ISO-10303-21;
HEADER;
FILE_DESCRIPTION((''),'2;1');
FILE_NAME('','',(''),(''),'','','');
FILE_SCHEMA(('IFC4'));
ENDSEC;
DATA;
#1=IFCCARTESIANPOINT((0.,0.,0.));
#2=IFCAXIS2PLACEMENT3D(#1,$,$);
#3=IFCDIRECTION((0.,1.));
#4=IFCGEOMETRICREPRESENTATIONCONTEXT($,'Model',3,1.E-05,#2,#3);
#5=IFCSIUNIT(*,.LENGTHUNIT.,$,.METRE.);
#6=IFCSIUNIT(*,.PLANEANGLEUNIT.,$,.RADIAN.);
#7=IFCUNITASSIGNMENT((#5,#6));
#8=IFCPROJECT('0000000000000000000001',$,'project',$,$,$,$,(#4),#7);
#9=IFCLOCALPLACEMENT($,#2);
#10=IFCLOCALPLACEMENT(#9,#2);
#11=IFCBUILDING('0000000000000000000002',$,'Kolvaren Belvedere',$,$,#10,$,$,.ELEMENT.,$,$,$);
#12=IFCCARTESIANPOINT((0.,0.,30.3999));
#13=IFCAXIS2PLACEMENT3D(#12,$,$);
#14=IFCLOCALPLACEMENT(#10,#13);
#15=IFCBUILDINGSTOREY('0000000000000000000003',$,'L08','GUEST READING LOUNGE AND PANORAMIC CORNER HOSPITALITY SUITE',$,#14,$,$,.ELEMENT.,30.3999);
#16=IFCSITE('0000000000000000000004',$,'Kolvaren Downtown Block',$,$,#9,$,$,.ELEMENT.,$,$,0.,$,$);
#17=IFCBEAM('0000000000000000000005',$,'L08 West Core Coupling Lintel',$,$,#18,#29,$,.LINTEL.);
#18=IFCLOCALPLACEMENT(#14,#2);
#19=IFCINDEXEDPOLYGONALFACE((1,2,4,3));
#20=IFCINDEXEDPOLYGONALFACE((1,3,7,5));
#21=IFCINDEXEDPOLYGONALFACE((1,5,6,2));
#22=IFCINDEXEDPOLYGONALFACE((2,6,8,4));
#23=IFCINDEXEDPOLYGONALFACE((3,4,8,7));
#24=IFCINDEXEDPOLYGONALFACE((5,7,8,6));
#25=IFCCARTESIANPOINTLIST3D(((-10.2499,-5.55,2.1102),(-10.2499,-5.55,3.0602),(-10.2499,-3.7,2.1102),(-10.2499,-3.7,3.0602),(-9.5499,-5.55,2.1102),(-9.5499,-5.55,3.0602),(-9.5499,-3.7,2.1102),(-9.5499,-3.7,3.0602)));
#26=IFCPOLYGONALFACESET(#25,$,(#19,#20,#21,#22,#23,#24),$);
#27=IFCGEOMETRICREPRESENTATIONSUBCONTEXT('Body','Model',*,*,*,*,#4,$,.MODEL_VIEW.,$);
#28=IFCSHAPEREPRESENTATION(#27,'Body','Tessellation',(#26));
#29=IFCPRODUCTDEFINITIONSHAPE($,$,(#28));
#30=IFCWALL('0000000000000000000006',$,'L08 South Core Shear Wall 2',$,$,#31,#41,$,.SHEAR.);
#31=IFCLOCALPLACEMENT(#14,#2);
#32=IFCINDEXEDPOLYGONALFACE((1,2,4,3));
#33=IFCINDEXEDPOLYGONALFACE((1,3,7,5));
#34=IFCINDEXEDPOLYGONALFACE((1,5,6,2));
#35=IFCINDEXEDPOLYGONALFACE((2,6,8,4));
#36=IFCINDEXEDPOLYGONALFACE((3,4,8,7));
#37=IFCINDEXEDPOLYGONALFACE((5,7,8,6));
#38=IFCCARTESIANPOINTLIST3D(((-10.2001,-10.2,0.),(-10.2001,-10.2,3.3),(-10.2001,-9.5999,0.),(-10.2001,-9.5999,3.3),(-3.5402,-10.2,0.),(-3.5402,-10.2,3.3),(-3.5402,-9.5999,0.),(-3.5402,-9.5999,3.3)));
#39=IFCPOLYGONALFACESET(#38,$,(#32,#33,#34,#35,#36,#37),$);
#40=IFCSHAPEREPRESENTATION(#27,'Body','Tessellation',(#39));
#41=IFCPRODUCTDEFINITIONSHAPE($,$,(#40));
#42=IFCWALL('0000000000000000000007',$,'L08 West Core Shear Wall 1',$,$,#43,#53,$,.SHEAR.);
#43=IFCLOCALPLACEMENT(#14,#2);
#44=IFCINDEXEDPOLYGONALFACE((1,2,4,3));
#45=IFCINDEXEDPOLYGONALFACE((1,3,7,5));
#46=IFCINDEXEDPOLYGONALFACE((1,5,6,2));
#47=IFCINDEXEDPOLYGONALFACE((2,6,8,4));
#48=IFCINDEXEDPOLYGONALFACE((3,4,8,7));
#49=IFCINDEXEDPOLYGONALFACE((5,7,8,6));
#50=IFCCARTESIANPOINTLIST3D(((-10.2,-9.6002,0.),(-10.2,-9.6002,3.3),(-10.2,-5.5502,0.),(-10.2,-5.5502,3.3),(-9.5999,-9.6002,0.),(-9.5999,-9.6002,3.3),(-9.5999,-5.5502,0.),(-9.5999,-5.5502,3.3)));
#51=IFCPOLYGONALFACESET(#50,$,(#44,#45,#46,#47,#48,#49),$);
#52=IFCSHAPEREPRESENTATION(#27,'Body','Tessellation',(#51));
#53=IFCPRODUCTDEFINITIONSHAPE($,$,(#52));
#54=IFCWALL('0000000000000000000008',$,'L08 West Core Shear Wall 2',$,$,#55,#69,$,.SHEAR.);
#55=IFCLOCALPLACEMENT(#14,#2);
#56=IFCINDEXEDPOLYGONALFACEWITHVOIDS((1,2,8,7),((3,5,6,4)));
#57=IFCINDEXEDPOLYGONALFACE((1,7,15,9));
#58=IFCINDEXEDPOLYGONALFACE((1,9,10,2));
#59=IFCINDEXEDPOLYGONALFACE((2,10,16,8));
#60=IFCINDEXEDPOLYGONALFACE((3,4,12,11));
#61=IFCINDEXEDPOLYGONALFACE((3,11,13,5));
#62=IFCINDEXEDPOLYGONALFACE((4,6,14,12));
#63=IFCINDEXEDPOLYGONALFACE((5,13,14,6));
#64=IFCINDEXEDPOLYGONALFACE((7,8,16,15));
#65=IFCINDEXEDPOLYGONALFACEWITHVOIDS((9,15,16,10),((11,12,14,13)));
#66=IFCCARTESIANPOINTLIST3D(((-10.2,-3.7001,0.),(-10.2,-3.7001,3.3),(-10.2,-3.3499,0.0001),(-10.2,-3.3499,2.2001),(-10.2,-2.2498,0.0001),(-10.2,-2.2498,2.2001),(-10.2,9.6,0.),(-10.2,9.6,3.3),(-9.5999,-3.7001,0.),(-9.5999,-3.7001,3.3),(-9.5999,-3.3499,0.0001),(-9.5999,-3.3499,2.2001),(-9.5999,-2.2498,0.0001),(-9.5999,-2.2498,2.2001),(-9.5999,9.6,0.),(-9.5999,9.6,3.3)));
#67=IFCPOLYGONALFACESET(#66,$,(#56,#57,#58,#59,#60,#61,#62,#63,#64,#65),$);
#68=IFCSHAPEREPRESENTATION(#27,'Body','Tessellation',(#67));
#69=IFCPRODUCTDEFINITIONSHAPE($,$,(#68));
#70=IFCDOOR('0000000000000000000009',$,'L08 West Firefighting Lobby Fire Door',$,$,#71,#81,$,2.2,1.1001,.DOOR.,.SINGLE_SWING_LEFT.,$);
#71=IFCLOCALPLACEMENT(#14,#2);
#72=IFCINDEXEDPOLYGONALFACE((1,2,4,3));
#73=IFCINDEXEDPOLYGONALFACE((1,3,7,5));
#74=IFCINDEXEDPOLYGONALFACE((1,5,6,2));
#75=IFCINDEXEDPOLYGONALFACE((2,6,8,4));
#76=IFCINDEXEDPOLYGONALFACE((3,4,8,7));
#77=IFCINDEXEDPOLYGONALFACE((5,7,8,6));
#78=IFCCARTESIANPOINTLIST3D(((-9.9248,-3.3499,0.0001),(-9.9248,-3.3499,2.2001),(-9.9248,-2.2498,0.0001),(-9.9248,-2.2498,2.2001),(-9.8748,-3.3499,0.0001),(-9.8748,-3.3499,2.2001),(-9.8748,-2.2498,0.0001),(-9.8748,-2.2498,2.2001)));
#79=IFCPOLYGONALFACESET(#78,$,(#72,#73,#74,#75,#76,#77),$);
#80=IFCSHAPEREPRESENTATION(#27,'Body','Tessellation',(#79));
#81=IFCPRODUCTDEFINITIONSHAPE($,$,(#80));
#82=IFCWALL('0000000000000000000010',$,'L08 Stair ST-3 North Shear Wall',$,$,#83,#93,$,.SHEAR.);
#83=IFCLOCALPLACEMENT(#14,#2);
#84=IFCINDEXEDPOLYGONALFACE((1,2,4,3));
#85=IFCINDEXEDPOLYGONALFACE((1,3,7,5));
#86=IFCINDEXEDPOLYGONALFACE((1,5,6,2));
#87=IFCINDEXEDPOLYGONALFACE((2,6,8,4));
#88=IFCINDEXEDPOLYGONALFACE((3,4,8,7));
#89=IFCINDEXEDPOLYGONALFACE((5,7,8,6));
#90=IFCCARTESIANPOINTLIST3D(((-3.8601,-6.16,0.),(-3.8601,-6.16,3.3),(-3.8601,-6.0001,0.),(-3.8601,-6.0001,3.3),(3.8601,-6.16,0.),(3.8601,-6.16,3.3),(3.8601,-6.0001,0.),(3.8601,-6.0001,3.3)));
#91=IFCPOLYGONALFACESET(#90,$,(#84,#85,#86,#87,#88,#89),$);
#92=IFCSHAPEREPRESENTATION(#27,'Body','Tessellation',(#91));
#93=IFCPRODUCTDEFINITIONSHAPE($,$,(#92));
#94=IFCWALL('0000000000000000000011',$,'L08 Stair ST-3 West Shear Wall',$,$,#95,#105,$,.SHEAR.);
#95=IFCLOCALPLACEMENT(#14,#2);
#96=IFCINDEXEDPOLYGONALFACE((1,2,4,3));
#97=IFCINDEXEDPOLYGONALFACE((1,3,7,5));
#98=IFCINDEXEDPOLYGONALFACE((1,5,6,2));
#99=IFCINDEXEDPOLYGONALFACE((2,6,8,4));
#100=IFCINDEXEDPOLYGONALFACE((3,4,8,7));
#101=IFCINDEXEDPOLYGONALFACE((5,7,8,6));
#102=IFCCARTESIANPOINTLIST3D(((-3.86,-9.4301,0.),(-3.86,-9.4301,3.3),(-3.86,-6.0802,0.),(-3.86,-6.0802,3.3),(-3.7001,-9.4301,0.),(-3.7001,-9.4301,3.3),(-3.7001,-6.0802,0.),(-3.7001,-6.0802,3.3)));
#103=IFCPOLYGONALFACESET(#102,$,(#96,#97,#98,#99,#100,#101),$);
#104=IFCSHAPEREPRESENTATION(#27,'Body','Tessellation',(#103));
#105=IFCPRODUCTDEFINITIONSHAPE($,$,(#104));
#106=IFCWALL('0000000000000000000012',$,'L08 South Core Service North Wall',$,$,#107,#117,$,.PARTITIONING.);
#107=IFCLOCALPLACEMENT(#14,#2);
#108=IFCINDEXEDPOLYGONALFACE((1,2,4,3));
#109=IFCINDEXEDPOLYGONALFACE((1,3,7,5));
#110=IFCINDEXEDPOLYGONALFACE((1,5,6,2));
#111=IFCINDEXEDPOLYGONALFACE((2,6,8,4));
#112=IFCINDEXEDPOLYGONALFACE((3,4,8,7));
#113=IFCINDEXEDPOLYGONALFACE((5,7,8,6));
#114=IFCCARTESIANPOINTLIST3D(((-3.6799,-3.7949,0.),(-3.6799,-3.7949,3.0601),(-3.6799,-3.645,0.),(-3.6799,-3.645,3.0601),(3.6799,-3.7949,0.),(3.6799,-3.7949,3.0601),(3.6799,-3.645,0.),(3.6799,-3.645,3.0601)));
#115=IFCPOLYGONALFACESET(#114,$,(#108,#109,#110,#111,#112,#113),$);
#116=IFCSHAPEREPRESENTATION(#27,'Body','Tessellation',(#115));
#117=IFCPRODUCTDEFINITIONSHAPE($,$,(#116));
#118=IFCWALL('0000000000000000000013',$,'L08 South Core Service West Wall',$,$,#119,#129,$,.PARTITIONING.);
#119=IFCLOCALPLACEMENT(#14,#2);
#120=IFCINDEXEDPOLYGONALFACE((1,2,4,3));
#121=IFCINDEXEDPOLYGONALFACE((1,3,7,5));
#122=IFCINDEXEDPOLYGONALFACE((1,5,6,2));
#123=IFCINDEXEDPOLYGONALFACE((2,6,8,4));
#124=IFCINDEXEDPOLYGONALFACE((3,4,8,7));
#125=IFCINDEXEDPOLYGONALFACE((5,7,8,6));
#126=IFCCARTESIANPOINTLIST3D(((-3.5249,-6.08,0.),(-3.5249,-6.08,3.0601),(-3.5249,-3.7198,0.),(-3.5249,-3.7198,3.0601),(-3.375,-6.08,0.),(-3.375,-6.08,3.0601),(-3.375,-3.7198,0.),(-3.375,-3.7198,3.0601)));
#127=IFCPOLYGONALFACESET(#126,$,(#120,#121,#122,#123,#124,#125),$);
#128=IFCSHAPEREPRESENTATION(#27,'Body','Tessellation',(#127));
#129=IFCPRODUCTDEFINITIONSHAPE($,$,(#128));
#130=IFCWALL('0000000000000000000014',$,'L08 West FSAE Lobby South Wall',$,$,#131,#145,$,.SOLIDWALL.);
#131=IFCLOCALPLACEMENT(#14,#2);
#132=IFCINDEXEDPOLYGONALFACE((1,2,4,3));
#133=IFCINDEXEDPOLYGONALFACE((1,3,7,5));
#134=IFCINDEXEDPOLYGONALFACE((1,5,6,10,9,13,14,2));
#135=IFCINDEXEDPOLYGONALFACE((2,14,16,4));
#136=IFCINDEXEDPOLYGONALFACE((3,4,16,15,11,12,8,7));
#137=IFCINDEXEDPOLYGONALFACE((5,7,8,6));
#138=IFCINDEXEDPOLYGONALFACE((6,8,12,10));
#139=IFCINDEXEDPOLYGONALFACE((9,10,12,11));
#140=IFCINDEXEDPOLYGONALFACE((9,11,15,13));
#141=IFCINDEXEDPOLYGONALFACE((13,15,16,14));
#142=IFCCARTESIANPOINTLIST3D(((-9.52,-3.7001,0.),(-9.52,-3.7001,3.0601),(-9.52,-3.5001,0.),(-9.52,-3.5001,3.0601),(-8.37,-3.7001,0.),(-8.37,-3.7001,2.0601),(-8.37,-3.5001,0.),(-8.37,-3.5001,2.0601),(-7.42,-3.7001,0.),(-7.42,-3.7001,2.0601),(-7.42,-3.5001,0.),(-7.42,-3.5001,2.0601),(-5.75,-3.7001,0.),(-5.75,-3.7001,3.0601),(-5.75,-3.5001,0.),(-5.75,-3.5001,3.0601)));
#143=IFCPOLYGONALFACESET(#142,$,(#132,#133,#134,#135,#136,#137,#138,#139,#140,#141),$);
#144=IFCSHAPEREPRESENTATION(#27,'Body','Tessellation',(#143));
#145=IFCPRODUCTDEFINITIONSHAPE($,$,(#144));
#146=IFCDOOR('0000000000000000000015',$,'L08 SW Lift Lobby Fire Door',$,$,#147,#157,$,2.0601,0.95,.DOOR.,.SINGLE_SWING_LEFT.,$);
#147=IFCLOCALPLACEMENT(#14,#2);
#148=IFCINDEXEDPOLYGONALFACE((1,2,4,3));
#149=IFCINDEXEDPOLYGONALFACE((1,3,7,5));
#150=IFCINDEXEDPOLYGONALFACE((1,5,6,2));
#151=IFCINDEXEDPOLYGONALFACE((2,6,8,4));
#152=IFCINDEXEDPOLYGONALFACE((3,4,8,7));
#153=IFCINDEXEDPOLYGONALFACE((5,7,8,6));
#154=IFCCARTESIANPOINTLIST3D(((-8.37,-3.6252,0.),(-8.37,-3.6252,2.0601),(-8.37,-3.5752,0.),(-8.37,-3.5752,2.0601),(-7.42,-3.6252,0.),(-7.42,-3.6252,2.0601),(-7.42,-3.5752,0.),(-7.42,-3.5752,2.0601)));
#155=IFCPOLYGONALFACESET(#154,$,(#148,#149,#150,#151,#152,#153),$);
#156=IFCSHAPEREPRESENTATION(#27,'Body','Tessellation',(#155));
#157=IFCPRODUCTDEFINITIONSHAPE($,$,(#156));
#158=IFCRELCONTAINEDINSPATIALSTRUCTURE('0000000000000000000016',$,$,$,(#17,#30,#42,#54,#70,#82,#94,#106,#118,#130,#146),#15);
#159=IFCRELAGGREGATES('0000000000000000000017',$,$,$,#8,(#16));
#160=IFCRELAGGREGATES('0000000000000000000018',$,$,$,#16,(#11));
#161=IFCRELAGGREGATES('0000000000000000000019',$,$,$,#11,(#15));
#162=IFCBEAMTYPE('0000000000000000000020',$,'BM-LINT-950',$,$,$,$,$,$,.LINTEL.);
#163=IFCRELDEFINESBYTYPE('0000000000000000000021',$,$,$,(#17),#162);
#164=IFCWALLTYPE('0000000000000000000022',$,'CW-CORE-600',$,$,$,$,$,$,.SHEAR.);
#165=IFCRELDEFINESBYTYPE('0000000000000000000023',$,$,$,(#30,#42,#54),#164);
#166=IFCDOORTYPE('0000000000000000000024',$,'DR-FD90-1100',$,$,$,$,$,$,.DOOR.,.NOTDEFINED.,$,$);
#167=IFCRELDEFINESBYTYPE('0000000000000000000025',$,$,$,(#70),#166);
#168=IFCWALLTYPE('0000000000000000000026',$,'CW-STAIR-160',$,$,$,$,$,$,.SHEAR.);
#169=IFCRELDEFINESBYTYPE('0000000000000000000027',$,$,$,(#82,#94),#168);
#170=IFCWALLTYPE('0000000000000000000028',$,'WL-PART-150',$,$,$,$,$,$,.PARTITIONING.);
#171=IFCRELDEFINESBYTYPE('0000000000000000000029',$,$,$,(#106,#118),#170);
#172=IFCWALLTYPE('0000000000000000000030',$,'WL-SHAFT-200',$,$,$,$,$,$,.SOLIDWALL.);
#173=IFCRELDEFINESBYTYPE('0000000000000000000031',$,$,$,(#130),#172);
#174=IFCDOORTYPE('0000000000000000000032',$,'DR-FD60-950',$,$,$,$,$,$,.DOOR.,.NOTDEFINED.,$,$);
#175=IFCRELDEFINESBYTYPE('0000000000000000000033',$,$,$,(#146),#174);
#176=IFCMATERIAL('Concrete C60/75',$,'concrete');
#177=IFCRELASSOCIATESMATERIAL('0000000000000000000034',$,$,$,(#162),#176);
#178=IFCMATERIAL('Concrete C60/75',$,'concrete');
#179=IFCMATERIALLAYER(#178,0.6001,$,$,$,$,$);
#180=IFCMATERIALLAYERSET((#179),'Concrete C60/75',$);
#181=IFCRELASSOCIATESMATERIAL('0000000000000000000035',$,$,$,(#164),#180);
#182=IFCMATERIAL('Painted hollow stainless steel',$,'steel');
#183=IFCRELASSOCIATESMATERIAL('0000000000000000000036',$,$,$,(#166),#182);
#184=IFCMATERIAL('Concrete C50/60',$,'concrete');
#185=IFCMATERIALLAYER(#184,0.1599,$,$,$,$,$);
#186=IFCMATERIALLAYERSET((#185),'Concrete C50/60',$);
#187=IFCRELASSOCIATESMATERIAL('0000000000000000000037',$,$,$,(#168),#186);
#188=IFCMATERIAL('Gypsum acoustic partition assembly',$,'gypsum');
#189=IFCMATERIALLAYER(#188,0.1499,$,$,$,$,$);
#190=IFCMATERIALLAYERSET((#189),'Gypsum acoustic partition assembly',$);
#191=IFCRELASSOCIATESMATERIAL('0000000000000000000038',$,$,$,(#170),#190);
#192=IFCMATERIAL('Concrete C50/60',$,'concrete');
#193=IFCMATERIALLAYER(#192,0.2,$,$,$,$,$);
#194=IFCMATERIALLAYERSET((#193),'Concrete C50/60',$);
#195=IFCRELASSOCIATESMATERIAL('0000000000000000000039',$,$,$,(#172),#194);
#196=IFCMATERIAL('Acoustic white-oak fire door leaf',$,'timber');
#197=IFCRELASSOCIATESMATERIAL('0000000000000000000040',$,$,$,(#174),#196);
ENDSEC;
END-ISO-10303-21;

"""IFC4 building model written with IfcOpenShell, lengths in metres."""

from ifc_helpers import new_model, si_unit, direction, frame, frame_2d, origin, origin_2d, place, context, subcontext, project, spatial, rectangle, extrude, material, layer, layer_set, material_profile, profile_set, type_object, element, fill, save


model = new_model("IFC4")

# Units and contexts
model_context = context("Model", 3, precision=1e-05, world=origin(), true_north=direction((0.0, 1.0)))
body_context = subcontext(model_context, "Body", "Model", "MODEL_VIEW")
ifc_project = project(units=[si_unit("LENGTHUNIT", "METRE"), si_unit("PLANEANGLEUNIT", "RADIAN")], contexts=[model_context])

# Site, building, storey
site_placement = place(None, origin())
site = spatial("IfcSite", under=ifc_project, at=site_placement, Name="Kolvaren Downtown Block", CompositionType="ELEMENT", RefElevation=0.0)
building_placement = place(site_placement, origin())
building = spatial("IfcBuilding", under=site, at=building_placement, Name="Kolvaren Belvedere", CompositionType="ELEMENT")
storey_placement = place(building_placement, frame((0.0, 0.0, 30.3999)))
storey = spatial("IfcBuildingStorey", under=building, at=storey_placement, Name="L08", Description="GUEST READING LOUNGE AND PANORAMIC CORNER HOSPITALITY SUITE", CompositionType="ELEMENT", Elevation=30.3999)

# Beam
ifc_material_1 = material(Name="Concrete C60/75", Category="concrete")
ifc_material_profile_1 = material_profile(ifc_material_1, rectangle(XDim=0.7, YDim=0.95, at=origin_2d()), Name="RC 700X950")
ifc_profile_set_1 = profile_set([ifc_material_profile_1], Name="Concrete C60/75")
beam_type_1 = type_object("IfcBeamType", Name="BM-LINT-950", PredefinedType="LINTEL", material=ifc_profile_set_1)
beam_1_placement = place(storey_placement, frame((-9.8999, -5.55, 2.5852), z_axis=(0.0, 1.0, 0.0), x_axis=(-1.0, 0.0, 0.0)))
element("IfcBeam", 1, at=beam_1_placement, inside=storey, type_object=beam_type_1, Name="L08 West Core Coupling Lintel", PredefinedType="LINTEL", context=body_context, shape_type="SweptSolid", body=[
    extrude(rectangle(XDim=0.7, YDim=0.95, at=origin_2d()), origin(), (0.0, 0.0, 1.0), 1.8501),
])

# Walls
ifc_material_2 = material(Name="Concrete C60/75", Category="concrete")
ifc_layer_1 = layer(ifc_material_2, 0.6001)
ifc_layer_set_1 = layer_set([ifc_layer_1], Name="Concrete C60/75")
wall_type_1 = type_object("IfcWallType", Name="CW-CORE-600", PredefinedType="SHEAR", material=ifc_layer_set_1)
wall_1_placement = place(storey_placement, frame((-3.54, -9.8999, 0.0), z_axis=(0.0, 0.0, 1.0), x_axis=(-1.0, 0.0, 0.0)))
element("IfcWall", 2, at=wall_1_placement, inside=storey, type_object=wall_type_1, Name="L08 South Core Shear Wall 2", PredefinedType="SHEAR", context=body_context, shape_type="SweptSolid", body=[
    extrude(rectangle(XDim=6.6599, YDim=0.6001, at=frame_2d((3.3301, 0.0))), origin(), (0.0, 0.0, 1.0), 3.3),
])
wall_2_placement = place(storey_placement, frame((-9.8999, -9.6001, 0.0), z_axis=(0.0, 0.0, 1.0), x_axis=(0.0, 1.0, 0.0)))
element("IfcWall", 3, at=wall_2_placement, inside=storey, type_object=wall_type_1, Name="L08 West Core Shear Wall 1", PredefinedType="SHEAR", context=body_context, shape_type="SweptSolid", body=[
    extrude(rectangle(XDim=4.05, YDim=0.6001, at=frame_2d((2.0249, 0.0))), origin(), (0.0, 0.0, 1.0), 3.3),
])

# Wall, opening, door
wall_3_placement = place(storey_placement, frame((-9.8999, -3.7, 0.0), z_axis=(0.0, 0.0, 1.0), x_axis=(0.0, 1.0, 0.0)))
wall_3 = element("IfcWall", 4, at=wall_3_placement, inside=storey, type_object=wall_type_1, Name="L08 West Core Shear Wall 2", PredefinedType="SHEAR", context=body_context, shape_type="SweptSolid", body=[
    extrude(rectangle(XDim=13.3, YDim=0.6001, at=frame_2d((6.6499, 0.0))), origin(), (0.0, 0.0, 1.0), 3.3),
])
opening_1_placement = place(wall_3_placement, frame((0.3501, 0.0, 0.0)))
opening_1 = element("IfcOpeningElement", 5, at=opening_1_placement, cuts=wall_3, PredefinedType="OPENING", context=body_context, shape_type="SweptSolid", body=[
    extrude(rectangle(XDim=1.1001, YDim=2.2, at=frame_2d((0.55, 1.1001))), frame((0.0, 0.3101, 0.0), z_axis=(0.0, -1.0, 0.0), x_axis=(1.0, 0.0, 0.0)), (0.0, 0.0, 1.0), 0.6201),
])
ifc_material_3 = material(Name="Painted hollow stainless steel", Category="steel")
door_type_1 = type_object("IfcDoorType", Name="DR-FD90-1100", OperationType="NOTDEFINED", PredefinedType="DOOR", material=ifc_material_3)
door_1_placement = place(opening_1_placement, origin())
door_1 = element("IfcDoor", 6, at=door_1_placement, inside=storey, type_object=door_type_1, Name="L08 West Firefighting Lobby Fire Door", OperationType="SINGLE_SWING_LEFT", OverallHeight=2.2, OverallWidth=1.1001, PredefinedType="DOOR", context=body_context, shape_type="SweptSolid", body=[
    extrude(rectangle(XDim=1.1001, YDim=2.2, at=frame_2d((0.55, 1.1001))), frame((0.0, 0.0249, 0.0), z_axis=(0.0, -1.0, 0.0), x_axis=(1.0, 0.0, 0.0)), (0.0, 0.0, 1.0), 0.05),
])
fill(opening_1, door_1)

# Walls
ifc_material_4 = material(Name="Concrete C50/60", Category="concrete")
ifc_layer_2 = layer(ifc_material_4, 0.1599)
ifc_layer_set_2 = layer_set([ifc_layer_2], Name="Concrete C50/60")
wall_type_2 = type_object("IfcWallType", Name="CW-STAIR-160", PredefinedType="SHEAR", material=ifc_layer_set_2)
wall_4_placement = place(storey_placement, frame((-3.8601, -6.0801, 0.0), z_axis=(0.0, 0.0, 1.0), x_axis=(1.0, 0.0, 0.0)))
element("IfcWall", 7, at=wall_4_placement, inside=storey, type_object=wall_type_2, Name="L08 Stair ST-3 North Shear Wall", PredefinedType="SHEAR", context=body_context, shape_type="SweptSolid", body=[
    extrude(rectangle(XDim=7.7202, YDim=0.1599, at=frame_2d((3.8601, 0.0))), origin(), (0.0, 0.0, 1.0), 3.3),
])
wall_5_placement = place(storey_placement, frame((-3.78, -9.4299, 0.0), z_axis=(0.0, 0.0, 1.0), x_axis=(0.0, 1.0, 0.0)))
element("IfcWall", 8, at=wall_5_placement, inside=storey, type_object=wall_type_2, Name="L08 Stair ST-3 West Shear Wall", PredefinedType="SHEAR", context=body_context, shape_type="SweptSolid", body=[
    extrude(rectangle(XDim=3.3499, YDim=0.1599, at=frame_2d((1.6748, 0.0))), origin(), (0.0, 0.0, 1.0), 3.3),
])
ifc_material_5 = material(Name="Gypsum acoustic partition assembly", Category="gypsum")
ifc_layer_3 = layer(ifc_material_5, 0.1499)
ifc_layer_set_3 = layer_set([ifc_layer_3], Name="Gypsum acoustic partition assembly")
wall_type_3 = type_object("IfcWallType", Name="WL-PART-150", PredefinedType="PARTITIONING", material=ifc_layer_set_3)
wall_6_placement = place(storey_placement, frame((-3.6799, -3.72, 0.0), z_axis=(0.0, 0.0, 1.0), x_axis=(1.0, 0.0, 0.0)))
element("IfcWall", 9, at=wall_6_placement, inside=storey, type_object=wall_type_3, Name="L08 South Core Service North Wall", PredefinedType="PARTITIONING", context=body_context, shape_type="SweptSolid", body=[
    extrude(rectangle(XDim=7.3599, YDim=0.1499, at=frame_2d((3.6799, 0.0))), origin(), (0.0, 0.0, 1.0), 3.0601),
])
wall_7_placement = place(storey_placement, frame((-3.45, -6.0801, 0.0), z_axis=(0.0, 0.0, 1.0), x_axis=(0.0, 1.0, 0.0)))
element("IfcWall", 10, at=wall_7_placement, inside=storey, type_object=wall_type_3, Name="L08 South Core Service West Wall", PredefinedType="PARTITIONING", context=body_context, shape_type="SweptSolid", body=[
    extrude(rectangle(XDim=2.3601, YDim=0.1499, at=frame_2d((1.1802, 0.0))), origin(), (0.0, 0.0, 1.0), 3.0601),
])

# Wall, opening, door
ifc_material_6 = material(Name="Concrete C50/60", Category="concrete")
ifc_layer_4 = layer(ifc_material_6, 0.2)
ifc_layer_set_4 = layer_set([ifc_layer_4], Name="Concrete C50/60")
wall_type_4 = type_object("IfcWallType", Name="WL-SHAFT-200", PredefinedType="SOLIDWALL", material=ifc_layer_set_4)
wall_8_placement = place(storey_placement, frame((-9.52, -3.6001, 0.0), z_axis=(0.0, 0.0, 1.0), x_axis=(1.0, 0.0, 0.0)))
wall_8 = element("IfcWall", 11, at=wall_8_placement, inside=storey, type_object=wall_type_4, Name="L08 West FSAE Lobby South Wall", PredefinedType="SOLIDWALL", context=body_context, shape_type="SweptSolid", body=[
    extrude(rectangle(XDim=3.77, YDim=0.2, at=frame_2d((1.885, 0.0))), origin(), (0.0, 0.0, 1.0), 3.0601),
])
opening_2_placement = place(wall_8_placement, frame((1.1499, 0.0, 0.0)))
opening_2 = element("IfcOpeningElement", 12, at=opening_2_placement, cuts=wall_8, PredefinedType="OPENING", context=body_context, shape_type="SweptSolid", body=[
    extrude(rectangle(XDim=0.95, YDim=2.0601, at=frame_2d((0.4751, 1.03))), frame((0.0, 0.1099, 0.0), z_axis=(0.0, -1.0, 0.0), x_axis=(1.0, 0.0, 0.0)), (0.0, 0.0, 1.0), 0.22),
])
ifc_material_7 = material(Name="Acoustic white-oak fire door leaf", Category="timber")
door_type_2 = type_object("IfcDoorType", Name="DR-FD60-950", OperationType="NOTDEFINED", PredefinedType="DOOR", material=ifc_material_7)
door_2_placement = place(opening_2_placement, origin())
door_2 = element("IfcDoor", 13, at=door_2_placement, inside=storey, type_object=door_type_2, Name="L08 SW Lift Lobby Fire Door", OperationType="SINGLE_SWING_LEFT", OverallHeight=2.0601, OverallWidth=0.95, PredefinedType="DOOR", context=body_context, shape_type="SweptSolid", body=[
    extrude(rectangle(XDim=0.95, YDim=2.0601, at=frame_2d((0.4751, 1.03))), frame((0.0, 0.0249, 0.0), z_axis=(0.0, -1.0, 0.0), x_axis=(1.0, 0.0, 0.0)), (0.0, 0.0, 1.0), 0.05),
])
fill(opening_2, door_2)

save(model, "model.ifc")
